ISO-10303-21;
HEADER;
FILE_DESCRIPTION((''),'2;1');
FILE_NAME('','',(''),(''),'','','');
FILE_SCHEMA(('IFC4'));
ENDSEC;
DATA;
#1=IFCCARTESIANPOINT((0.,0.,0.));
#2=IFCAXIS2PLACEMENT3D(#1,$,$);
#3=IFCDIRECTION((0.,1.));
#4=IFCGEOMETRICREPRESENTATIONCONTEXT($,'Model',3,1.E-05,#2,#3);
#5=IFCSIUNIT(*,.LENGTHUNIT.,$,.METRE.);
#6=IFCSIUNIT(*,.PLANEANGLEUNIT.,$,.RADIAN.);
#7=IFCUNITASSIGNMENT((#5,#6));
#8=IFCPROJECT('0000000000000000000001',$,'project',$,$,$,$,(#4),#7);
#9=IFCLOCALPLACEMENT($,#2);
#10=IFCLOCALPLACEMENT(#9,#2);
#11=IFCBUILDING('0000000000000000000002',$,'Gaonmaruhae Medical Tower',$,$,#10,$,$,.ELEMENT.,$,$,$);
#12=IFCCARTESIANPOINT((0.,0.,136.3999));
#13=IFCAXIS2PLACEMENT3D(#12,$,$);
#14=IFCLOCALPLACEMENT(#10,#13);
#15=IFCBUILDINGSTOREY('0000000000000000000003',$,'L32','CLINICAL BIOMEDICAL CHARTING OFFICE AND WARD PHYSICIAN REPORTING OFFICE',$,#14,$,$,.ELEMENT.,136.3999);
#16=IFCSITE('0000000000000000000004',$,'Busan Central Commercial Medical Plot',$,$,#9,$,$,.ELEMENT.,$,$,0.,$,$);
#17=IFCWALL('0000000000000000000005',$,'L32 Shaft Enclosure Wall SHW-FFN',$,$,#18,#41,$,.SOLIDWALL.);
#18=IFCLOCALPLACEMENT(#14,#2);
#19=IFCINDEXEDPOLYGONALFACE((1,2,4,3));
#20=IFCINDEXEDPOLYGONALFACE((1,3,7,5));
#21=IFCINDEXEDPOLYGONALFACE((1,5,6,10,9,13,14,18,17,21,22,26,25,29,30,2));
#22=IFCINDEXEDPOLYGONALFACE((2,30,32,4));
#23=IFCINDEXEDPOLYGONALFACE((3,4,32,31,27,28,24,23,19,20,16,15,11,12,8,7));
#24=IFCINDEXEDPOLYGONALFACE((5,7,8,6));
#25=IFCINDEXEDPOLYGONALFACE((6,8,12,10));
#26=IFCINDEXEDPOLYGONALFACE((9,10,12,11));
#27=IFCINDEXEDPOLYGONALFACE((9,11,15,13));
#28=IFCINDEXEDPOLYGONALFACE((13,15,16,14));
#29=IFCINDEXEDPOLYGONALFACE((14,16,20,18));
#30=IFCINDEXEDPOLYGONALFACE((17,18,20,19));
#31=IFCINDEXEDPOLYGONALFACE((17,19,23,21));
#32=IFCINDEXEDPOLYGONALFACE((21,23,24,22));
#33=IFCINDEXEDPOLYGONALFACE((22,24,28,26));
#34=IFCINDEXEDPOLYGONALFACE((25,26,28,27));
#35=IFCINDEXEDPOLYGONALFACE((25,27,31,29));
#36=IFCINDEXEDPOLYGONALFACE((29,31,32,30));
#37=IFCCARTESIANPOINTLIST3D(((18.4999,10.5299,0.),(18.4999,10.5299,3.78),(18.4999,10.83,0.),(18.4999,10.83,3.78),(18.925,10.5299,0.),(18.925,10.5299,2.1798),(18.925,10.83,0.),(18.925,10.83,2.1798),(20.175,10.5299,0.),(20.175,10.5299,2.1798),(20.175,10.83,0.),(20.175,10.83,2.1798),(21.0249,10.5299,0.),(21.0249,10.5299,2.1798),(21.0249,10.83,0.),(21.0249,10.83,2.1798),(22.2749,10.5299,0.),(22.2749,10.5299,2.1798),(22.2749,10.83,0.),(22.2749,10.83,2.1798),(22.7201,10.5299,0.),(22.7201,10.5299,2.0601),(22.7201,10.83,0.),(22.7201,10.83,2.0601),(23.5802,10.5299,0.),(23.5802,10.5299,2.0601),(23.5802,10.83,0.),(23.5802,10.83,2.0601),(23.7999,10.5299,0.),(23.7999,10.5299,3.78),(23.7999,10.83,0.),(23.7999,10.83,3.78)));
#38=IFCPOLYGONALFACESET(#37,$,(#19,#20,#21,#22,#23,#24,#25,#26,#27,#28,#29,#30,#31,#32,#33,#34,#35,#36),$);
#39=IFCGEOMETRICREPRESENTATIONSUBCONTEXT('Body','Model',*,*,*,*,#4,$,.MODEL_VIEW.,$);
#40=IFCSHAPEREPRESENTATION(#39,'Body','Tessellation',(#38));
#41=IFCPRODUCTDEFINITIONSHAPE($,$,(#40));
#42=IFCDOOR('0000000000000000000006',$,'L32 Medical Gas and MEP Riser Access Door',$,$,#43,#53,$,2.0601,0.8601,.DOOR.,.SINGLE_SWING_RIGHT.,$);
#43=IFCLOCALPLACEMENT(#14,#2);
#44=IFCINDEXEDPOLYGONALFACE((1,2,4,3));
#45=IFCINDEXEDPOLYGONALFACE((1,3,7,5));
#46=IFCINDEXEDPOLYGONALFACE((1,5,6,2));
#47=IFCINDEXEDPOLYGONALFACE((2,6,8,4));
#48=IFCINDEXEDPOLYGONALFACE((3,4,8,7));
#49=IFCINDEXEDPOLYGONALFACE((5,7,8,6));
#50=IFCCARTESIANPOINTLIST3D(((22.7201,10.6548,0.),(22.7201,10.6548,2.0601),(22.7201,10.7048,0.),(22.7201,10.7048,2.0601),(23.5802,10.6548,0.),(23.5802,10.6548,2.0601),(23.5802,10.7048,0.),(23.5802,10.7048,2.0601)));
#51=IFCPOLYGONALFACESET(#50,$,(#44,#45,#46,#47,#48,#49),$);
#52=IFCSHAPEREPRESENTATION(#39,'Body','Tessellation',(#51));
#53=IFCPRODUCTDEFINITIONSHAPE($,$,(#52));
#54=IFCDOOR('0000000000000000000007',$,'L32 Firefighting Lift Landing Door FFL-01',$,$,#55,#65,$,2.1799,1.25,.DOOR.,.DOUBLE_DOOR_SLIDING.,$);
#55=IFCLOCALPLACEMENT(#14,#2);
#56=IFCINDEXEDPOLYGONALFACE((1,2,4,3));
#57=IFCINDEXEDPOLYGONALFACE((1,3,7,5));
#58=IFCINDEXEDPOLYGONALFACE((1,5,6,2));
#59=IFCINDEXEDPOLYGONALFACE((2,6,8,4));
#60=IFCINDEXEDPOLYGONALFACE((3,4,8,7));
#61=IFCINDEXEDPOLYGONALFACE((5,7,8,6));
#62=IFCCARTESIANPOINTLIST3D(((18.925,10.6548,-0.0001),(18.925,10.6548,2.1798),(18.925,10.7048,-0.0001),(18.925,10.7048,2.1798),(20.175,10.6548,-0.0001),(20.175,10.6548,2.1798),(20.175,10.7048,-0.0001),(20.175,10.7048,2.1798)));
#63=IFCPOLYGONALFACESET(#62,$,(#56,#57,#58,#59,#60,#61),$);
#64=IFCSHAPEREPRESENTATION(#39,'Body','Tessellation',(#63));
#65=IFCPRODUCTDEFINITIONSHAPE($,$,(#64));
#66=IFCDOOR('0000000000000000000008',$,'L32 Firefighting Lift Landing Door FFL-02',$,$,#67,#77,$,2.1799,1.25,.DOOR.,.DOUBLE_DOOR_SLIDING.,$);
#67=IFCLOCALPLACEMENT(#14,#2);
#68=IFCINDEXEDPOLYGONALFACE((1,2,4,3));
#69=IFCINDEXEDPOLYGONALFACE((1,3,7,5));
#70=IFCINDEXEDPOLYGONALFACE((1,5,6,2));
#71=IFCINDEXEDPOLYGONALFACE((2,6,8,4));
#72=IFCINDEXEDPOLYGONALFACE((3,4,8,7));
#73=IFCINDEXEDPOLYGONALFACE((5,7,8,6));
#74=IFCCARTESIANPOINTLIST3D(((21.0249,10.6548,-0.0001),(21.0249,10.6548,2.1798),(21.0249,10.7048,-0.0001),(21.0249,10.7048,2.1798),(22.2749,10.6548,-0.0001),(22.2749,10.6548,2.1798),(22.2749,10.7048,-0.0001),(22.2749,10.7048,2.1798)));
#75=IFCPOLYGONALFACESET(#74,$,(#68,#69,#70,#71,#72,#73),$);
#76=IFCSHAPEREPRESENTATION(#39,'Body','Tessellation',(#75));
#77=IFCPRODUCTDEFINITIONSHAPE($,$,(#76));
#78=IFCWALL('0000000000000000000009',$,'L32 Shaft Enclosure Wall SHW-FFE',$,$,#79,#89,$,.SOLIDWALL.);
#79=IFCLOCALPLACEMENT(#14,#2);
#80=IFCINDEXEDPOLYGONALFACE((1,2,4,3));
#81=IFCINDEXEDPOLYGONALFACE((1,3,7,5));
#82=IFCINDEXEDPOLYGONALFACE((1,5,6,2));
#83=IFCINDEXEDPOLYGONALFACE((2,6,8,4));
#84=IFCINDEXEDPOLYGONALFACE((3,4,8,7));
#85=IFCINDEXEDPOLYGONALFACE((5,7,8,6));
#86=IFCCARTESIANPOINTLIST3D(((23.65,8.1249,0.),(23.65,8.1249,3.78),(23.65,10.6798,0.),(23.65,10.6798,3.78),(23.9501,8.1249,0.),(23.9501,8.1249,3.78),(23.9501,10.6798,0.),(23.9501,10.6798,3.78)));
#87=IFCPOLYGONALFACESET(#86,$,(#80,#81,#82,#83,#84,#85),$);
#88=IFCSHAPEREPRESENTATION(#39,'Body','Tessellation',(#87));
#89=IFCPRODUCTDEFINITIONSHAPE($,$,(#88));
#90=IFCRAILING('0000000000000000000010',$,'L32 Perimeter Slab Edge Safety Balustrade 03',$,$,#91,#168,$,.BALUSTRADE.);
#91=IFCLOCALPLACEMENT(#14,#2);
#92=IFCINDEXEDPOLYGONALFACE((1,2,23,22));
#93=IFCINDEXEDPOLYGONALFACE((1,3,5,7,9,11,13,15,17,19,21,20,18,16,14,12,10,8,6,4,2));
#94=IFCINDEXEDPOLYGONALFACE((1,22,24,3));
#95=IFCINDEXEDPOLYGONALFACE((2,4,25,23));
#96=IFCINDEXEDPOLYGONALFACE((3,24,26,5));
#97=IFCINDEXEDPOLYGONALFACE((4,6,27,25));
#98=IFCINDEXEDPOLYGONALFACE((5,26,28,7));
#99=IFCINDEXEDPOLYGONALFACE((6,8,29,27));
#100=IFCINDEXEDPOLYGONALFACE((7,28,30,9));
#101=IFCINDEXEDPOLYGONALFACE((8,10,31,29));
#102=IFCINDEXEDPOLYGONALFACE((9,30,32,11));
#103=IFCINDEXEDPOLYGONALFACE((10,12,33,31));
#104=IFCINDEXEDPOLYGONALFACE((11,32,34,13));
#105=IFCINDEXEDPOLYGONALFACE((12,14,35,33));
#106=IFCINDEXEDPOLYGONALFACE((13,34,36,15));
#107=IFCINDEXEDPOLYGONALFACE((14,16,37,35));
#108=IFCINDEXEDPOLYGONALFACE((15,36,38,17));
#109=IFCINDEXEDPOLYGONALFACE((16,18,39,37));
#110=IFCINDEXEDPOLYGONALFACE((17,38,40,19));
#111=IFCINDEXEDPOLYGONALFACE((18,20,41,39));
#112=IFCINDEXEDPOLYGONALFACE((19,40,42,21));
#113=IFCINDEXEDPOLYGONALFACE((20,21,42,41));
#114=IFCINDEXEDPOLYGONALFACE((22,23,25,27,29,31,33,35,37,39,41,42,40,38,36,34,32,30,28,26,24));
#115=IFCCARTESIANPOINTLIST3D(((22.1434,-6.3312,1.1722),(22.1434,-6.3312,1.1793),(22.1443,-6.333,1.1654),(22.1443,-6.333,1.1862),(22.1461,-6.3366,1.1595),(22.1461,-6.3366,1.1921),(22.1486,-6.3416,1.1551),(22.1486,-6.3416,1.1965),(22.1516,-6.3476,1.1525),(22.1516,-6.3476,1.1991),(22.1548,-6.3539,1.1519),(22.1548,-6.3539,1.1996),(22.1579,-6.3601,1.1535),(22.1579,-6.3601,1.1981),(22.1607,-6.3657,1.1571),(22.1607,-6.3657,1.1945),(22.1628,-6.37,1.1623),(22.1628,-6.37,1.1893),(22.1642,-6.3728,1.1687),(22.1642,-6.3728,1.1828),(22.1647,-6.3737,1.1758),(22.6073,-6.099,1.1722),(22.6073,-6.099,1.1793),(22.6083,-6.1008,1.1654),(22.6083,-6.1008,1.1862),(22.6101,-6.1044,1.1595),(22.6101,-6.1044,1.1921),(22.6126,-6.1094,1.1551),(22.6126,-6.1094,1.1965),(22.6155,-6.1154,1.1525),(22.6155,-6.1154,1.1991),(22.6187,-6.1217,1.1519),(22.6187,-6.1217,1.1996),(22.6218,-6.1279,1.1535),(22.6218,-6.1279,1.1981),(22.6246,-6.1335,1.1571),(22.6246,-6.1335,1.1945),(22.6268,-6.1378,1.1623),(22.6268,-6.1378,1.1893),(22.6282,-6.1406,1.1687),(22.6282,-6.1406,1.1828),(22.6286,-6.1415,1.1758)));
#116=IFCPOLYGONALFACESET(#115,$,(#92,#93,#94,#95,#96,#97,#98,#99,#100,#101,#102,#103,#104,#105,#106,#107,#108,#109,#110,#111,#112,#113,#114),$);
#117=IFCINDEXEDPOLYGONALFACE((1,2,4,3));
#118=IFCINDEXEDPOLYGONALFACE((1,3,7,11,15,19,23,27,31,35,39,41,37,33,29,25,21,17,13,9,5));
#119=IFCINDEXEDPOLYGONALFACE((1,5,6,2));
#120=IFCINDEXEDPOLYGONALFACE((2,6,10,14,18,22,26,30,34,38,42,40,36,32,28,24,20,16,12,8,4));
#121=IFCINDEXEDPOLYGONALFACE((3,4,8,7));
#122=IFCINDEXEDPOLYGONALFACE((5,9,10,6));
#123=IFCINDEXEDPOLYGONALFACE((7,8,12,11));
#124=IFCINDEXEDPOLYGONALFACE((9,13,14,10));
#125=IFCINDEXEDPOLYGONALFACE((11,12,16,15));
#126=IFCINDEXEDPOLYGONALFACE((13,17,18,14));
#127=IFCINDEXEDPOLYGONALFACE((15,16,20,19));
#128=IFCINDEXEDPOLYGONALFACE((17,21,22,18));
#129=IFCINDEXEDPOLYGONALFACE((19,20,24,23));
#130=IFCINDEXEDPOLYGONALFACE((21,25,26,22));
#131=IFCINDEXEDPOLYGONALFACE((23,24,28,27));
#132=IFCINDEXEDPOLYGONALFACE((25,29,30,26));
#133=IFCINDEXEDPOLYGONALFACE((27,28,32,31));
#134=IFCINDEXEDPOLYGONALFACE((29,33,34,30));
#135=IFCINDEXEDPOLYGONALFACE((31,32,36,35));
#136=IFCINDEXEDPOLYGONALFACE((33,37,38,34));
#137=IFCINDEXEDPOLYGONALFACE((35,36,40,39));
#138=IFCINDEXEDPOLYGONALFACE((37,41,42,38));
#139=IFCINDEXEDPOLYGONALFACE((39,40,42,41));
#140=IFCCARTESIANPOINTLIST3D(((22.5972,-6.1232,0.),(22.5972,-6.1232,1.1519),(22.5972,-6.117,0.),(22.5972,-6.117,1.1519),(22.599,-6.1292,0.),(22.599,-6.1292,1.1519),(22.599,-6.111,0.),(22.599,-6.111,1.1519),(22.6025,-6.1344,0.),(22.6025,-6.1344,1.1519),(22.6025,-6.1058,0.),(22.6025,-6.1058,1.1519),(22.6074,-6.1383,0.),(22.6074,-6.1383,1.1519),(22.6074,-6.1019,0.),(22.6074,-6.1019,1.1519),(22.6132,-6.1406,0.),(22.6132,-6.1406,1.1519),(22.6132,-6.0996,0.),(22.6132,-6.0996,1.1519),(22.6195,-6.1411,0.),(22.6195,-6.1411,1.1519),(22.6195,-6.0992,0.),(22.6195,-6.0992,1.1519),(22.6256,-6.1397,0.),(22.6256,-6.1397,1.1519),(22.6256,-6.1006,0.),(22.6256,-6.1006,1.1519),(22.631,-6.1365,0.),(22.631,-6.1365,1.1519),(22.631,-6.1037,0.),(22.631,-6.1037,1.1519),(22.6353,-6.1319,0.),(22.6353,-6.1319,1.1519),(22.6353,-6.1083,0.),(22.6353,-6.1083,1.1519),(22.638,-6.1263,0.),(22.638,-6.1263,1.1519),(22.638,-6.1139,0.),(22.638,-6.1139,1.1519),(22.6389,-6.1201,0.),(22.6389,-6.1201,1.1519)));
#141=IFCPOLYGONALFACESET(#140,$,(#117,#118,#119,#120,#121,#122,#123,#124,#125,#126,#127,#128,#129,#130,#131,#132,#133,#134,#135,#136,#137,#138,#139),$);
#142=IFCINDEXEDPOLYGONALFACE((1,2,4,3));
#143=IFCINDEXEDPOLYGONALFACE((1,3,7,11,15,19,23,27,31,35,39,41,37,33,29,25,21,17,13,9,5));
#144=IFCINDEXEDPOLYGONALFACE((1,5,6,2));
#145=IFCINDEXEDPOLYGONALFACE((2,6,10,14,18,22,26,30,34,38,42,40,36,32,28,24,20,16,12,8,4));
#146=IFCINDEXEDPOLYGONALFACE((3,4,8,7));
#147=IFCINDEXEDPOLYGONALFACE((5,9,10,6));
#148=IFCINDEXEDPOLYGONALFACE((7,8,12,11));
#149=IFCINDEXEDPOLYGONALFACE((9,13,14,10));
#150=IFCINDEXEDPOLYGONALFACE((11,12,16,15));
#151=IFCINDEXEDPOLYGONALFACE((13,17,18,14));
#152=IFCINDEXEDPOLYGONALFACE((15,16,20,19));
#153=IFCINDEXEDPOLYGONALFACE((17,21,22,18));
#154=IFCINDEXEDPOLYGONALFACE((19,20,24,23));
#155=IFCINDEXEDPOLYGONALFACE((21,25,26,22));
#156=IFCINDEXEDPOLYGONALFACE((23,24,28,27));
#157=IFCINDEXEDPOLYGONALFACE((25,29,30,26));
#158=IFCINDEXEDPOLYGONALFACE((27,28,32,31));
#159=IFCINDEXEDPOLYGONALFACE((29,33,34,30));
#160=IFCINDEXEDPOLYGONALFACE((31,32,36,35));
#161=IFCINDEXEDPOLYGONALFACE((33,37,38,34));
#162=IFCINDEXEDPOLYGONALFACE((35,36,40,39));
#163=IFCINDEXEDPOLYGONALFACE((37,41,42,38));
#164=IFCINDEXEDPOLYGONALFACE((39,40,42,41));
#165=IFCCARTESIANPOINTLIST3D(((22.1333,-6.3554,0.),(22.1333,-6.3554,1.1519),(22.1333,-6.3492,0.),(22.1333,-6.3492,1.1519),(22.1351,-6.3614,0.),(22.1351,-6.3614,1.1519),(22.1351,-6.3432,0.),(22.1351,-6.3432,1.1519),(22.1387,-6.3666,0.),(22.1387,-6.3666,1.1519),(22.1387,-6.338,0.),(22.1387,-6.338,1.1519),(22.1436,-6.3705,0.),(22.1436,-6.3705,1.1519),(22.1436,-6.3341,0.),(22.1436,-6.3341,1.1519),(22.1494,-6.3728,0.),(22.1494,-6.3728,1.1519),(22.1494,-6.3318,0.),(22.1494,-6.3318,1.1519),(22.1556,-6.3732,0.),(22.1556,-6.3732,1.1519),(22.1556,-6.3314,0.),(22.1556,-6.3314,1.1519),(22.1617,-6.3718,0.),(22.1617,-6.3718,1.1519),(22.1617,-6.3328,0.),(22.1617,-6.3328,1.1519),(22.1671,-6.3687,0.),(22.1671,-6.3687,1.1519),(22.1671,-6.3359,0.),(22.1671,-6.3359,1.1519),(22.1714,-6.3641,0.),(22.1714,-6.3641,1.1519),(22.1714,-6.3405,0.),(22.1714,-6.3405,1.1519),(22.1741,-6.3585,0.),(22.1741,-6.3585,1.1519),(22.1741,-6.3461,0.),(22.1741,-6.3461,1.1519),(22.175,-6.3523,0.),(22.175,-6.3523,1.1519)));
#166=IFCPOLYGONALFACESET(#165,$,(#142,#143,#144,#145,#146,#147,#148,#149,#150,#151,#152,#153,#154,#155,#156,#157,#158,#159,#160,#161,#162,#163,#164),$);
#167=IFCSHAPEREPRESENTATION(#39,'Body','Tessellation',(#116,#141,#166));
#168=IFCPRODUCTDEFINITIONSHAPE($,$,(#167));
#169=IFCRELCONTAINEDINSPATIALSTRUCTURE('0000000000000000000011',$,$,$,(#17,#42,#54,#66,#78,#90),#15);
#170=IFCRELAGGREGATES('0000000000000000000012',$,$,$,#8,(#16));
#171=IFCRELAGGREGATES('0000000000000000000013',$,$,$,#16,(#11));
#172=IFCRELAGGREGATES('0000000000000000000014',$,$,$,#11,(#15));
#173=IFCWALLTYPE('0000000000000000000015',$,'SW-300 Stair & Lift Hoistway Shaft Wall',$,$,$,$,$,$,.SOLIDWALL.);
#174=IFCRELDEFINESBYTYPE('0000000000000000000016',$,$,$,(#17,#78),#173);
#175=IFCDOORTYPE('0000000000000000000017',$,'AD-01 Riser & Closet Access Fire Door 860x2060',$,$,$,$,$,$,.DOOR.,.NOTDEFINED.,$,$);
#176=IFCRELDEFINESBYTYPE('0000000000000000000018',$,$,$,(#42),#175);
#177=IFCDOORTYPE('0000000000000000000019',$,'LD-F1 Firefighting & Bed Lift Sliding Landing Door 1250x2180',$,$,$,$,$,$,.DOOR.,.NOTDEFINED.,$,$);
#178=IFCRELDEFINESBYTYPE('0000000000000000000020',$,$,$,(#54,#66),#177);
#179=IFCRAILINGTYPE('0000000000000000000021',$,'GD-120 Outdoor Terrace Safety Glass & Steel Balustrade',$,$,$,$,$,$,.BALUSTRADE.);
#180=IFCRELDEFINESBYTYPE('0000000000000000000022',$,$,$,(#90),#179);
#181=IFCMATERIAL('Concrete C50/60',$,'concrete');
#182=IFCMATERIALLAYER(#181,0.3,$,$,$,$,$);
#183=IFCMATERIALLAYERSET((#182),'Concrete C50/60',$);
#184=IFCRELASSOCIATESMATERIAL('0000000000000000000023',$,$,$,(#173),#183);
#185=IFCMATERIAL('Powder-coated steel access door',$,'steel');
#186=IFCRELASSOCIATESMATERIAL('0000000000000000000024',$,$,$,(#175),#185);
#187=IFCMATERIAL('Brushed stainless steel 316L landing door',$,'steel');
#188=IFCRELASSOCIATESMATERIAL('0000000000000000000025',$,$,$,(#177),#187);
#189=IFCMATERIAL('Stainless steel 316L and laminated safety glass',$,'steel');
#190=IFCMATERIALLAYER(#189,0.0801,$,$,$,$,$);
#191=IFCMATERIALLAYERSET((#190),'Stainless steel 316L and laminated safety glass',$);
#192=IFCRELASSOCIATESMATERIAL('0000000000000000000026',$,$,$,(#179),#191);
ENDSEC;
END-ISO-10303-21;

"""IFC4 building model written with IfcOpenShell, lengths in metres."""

from ifc_helpers import new_model, si_unit, direction, frame, frame_2d, origin, origin_2d, place, context, subcontext, project, spatial, rectangle, circle, extrude, material, layer, layer_set, type_object, element, fill, save


model = new_model("IFC4")

# Units and contexts
model_context = context("Model", 3, precision=1e-05, world=origin(), true_north=direction((0.0, 1.0)))
body_context = subcontext(model_context, "Body", "Model", "MODEL_VIEW")
ifc_project = project(units=[si_unit("LENGTHUNIT", "METRE"), si_unit("PLANEANGLEUNIT", "RADIAN")], contexts=[model_context])

# Site, building, storey
site_placement = place(None, origin())
site = spatial("IfcSite", under=ifc_project, at=site_placement, Name="Busan Central Commercial Medical Plot", CompositionType="ELEMENT", RefElevation=0.0)
building_placement = place(site_placement, origin())
building = spatial("IfcBuilding", under=site, at=building_placement, Name="Gaonmaruhae Medical Tower", CompositionType="ELEMENT")
storey_placement = place(building_placement, frame((0.0, 0.0, 136.3999)))
storey = spatial("IfcBuildingStorey", under=building, at=storey_placement, Name="L32", Description="CLINICAL BIOMEDICAL CHARTING OFFICE AND WARD PHYSICIAN REPORTING OFFICE", CompositionType="ELEMENT", Elevation=136.3999)

# Wall, openings, doors
ifc_material_1 = material(Name="Concrete C50/60", Category="concrete")
ifc_layer_1 = layer(ifc_material_1, 0.3)
ifc_layer_set_1 = layer_set([ifc_layer_1], Name="Concrete C50/60")
wall_type_1 = type_object("IfcWallType", Name="SW-300 Stair & Lift Hoistway Shaft Wall", PredefinedType="SOLIDWALL", material=ifc_layer_set_1)
wall_1_placement = place(storey_placement, frame((18.5, 10.6799, 0.0), z_axis=(0.0, 0.0, 1.0), x_axis=(1.0, 0.0, 0.0)))
wall_1 = element("IfcWall", 1, at=wall_1_placement, inside=storey, type_object=wall_type_1, Name="L32 Shaft Enclosure Wall SHW-FFN", PredefinedType="SOLIDWALL", context=body_context, shape_type="SweptSolid", body=[
    extrude(rectangle(XDim=5.3, YDim=0.3, at=frame_2d((2.6499, 0.0))), origin(), (0.0, 0.0, 1.0), 3.78),
])
opening_1_placement = place(wall_1_placement, frame((4.22, 0.0, 0.0)))
opening_1 = element("IfcOpeningElement", 2, at=opening_1_placement, cuts=wall_1, PredefinedType="OPENING", context=body_context, shape_type="SweptSolid", body=[
    extrude(rectangle(XDim=0.8601, YDim=2.0601, at=frame_2d((0.4302, 1.03))), frame((0.0, 0.1602, 0.0), z_axis=(0.0, -1.0, 0.0), x_axis=(1.0, 0.0, 0.0)), (0.0, 0.0, 1.0), 0.3201),
])
opening_2_placement = place(wall_1_placement, frame((0.425, 0.0, 0.0)))
opening_2 = element("IfcOpeningElement", 3, at=opening_2_placement, cuts=wall_1, PredefinedType="OPENING", context=body_context, shape_type="SweptSolid", body=[
    extrude(rectangle(XDim=1.25, YDim=2.1799, at=frame_2d((0.625, 1.0898))), frame((0.0, 0.1602, 0.0), z_axis=(0.0, -1.0, 0.0), x_axis=(1.0, 0.0, 0.0)), (0.0, 0.0, 1.0), 0.3201),
])
opening_3_placement = place(wall_1_placement, frame((2.5249, 0.0, 0.0)))
opening_3 = element("IfcOpeningElement", 4, at=opening_3_placement, cuts=wall_1, PredefinedType="OPENING", context=body_context, shape_type="SweptSolid", body=[
    extrude(rectangle(XDim=1.25, YDim=2.1799, at=frame_2d((0.625, 1.0898))), frame((0.0, 0.1602, 0.0), z_axis=(0.0, -1.0, 0.0), x_axis=(1.0, 0.0, 0.0)), (0.0, 0.0, 1.0), 0.3201),
])
ifc_material_2 = material(Name="Powder-coated steel access door", Category="steel")
door_type_1 = type_object("IfcDoorType", Name="AD-01 Riser & Closet Access Fire Door 860x2060", OperationType="NOTDEFINED", PredefinedType="DOOR", material=ifc_material_2)
door_1_placement = place(opening_1_placement, origin())
door_1 = element("IfcDoor", 5, at=door_1_placement, inside=storey, type_object=door_type_1, Name="L32 Medical Gas and MEP Riser Access Door", OperationType="SINGLE_SWING_RIGHT", OverallHeight=2.0601, OverallWidth=0.8601, PredefinedType="DOOR", context=body_context, shape_type="SweptSolid", body=[
    extrude(rectangle(XDim=0.8601, YDim=2.0601, at=frame_2d((0.4302, 1.03))), frame((0.0, 0.0249, 0.0), z_axis=(0.0, -1.0, 0.0), x_axis=(1.0, 0.0, 0.0)), (0.0, 0.0, 1.0), 0.05),
])
fill(opening_1, door_1)
ifc_material_3 = material(Name="Brushed stainless steel 316L landing door", Category="steel")
door_type_2 = type_object("IfcDoorType", Name="LD-F1 Firefighting & Bed Lift Sliding Landing Door 1250x2180", OperationType="NOTDEFINED", PredefinedType="DOOR", material=ifc_material_3)
door_2_placement = place(opening_2_placement, origin())
door_2 = element("IfcDoor", 6, at=door_2_placement, inside=storey, type_object=door_type_2, Name="L32 Firefighting Lift Landing Door FFL-01", OperationType="DOUBLE_DOOR_SLIDING", OverallHeight=2.1799, OverallWidth=1.25, PredefinedType="DOOR", context=body_context, shape_type="SweptSolid", body=[
    extrude(rectangle(XDim=1.25, YDim=2.1799, at=frame_2d((0.625, 1.0898))), frame((0.0, 0.0249, 0.0), z_axis=(0.0, -1.0, 0.0), x_axis=(1.0, 0.0, 0.0)), (0.0, 0.0, 1.0), 0.05),
])
fill(opening_2, door_2)
door_3_placement = place(opening_3_placement, origin())
door_3 = element("IfcDoor", 7, at=door_3_placement, inside=storey, type_object=door_type_2, Name="L32 Firefighting Lift Landing Door FFL-02", OperationType="DOUBLE_DOOR_SLIDING", OverallHeight=2.1799, OverallWidth=1.25, PredefinedType="DOOR", context=body_context, shape_type="SweptSolid", body=[
    extrude(rectangle(XDim=1.25, YDim=2.1799, at=frame_2d((0.625, 1.0898))), frame((0.0, 0.0249, 0.0), z_axis=(0.0, -1.0, 0.0), x_axis=(1.0, 0.0, 0.0)), (0.0, 0.0, 1.0), 0.05),
])
fill(opening_3, door_3)

# Wall
wall_2_placement = place(storey_placement, frame((23.8, 8.125, 0.0), z_axis=(0.0, 0.0, 1.0), x_axis=(0.0, 1.0, 0.0)))
element("IfcWall", 8, at=wall_2_placement, inside=storey, type_object=wall_type_1, Name="L32 Shaft Enclosure Wall SHW-FFE", PredefinedType="SOLIDWALL", context=body_context, shape_type="SweptSolid", body=[
    extrude(rectangle(XDim=2.5549, YDim=0.3, at=frame_2d((1.2773, 0.0))), origin(), (0.0, 0.0, 1.0), 3.78),
])

# Railing
ifc_material_4 = material(Name="Stainless steel 316L and laminated safety glass", Category="steel")
ifc_layer_2 = layer(ifc_material_4, 0.0801)
ifc_layer_set_2 = layer_set([ifc_layer_2], Name="Stainless steel 316L and laminated safety glass")
railing_type_1 = type_object("IfcRailingType", Name="GD-120 Outdoor Terrace Safety Glass & Steel Balustrade", PredefinedType="BALUSTRADE", material=ifc_layer_set_2)
railing_1_placement = place(storey_placement, frame((22.6179, -6.1201, 0.0)))
element("IfcRailing", 9, at=railing_1_placement, inside=storey, type_object=railing_type_1, Name="L32 Perimeter Slab Edge Safety Balustrade 03", PredefinedType="BALUSTRADE", context=body_context, shape_type="SweptSolid", body=[
    extrude(circle(Radius=0.0239, at=origin_2d()), frame((0.0, 0.0, 1.1758), z_axis=(-0.894239, -0.44759, 0.0), x_axis=(0.44759, -0.894239, 0.0)), (0.0, 0.0, 1.0), 0.5188),
    extrude(circle(Radius=0.021, at=origin_2d()), origin(), (0.0, 0.0, 1.0), 1.1519),
    extrude(circle(Radius=0.021, at=origin_2d()), frame((-0.4639, -0.2322, 0.0)), (0.0, 0.0, 1.0), 1.1519),
])

save(model, "model.ifc")
